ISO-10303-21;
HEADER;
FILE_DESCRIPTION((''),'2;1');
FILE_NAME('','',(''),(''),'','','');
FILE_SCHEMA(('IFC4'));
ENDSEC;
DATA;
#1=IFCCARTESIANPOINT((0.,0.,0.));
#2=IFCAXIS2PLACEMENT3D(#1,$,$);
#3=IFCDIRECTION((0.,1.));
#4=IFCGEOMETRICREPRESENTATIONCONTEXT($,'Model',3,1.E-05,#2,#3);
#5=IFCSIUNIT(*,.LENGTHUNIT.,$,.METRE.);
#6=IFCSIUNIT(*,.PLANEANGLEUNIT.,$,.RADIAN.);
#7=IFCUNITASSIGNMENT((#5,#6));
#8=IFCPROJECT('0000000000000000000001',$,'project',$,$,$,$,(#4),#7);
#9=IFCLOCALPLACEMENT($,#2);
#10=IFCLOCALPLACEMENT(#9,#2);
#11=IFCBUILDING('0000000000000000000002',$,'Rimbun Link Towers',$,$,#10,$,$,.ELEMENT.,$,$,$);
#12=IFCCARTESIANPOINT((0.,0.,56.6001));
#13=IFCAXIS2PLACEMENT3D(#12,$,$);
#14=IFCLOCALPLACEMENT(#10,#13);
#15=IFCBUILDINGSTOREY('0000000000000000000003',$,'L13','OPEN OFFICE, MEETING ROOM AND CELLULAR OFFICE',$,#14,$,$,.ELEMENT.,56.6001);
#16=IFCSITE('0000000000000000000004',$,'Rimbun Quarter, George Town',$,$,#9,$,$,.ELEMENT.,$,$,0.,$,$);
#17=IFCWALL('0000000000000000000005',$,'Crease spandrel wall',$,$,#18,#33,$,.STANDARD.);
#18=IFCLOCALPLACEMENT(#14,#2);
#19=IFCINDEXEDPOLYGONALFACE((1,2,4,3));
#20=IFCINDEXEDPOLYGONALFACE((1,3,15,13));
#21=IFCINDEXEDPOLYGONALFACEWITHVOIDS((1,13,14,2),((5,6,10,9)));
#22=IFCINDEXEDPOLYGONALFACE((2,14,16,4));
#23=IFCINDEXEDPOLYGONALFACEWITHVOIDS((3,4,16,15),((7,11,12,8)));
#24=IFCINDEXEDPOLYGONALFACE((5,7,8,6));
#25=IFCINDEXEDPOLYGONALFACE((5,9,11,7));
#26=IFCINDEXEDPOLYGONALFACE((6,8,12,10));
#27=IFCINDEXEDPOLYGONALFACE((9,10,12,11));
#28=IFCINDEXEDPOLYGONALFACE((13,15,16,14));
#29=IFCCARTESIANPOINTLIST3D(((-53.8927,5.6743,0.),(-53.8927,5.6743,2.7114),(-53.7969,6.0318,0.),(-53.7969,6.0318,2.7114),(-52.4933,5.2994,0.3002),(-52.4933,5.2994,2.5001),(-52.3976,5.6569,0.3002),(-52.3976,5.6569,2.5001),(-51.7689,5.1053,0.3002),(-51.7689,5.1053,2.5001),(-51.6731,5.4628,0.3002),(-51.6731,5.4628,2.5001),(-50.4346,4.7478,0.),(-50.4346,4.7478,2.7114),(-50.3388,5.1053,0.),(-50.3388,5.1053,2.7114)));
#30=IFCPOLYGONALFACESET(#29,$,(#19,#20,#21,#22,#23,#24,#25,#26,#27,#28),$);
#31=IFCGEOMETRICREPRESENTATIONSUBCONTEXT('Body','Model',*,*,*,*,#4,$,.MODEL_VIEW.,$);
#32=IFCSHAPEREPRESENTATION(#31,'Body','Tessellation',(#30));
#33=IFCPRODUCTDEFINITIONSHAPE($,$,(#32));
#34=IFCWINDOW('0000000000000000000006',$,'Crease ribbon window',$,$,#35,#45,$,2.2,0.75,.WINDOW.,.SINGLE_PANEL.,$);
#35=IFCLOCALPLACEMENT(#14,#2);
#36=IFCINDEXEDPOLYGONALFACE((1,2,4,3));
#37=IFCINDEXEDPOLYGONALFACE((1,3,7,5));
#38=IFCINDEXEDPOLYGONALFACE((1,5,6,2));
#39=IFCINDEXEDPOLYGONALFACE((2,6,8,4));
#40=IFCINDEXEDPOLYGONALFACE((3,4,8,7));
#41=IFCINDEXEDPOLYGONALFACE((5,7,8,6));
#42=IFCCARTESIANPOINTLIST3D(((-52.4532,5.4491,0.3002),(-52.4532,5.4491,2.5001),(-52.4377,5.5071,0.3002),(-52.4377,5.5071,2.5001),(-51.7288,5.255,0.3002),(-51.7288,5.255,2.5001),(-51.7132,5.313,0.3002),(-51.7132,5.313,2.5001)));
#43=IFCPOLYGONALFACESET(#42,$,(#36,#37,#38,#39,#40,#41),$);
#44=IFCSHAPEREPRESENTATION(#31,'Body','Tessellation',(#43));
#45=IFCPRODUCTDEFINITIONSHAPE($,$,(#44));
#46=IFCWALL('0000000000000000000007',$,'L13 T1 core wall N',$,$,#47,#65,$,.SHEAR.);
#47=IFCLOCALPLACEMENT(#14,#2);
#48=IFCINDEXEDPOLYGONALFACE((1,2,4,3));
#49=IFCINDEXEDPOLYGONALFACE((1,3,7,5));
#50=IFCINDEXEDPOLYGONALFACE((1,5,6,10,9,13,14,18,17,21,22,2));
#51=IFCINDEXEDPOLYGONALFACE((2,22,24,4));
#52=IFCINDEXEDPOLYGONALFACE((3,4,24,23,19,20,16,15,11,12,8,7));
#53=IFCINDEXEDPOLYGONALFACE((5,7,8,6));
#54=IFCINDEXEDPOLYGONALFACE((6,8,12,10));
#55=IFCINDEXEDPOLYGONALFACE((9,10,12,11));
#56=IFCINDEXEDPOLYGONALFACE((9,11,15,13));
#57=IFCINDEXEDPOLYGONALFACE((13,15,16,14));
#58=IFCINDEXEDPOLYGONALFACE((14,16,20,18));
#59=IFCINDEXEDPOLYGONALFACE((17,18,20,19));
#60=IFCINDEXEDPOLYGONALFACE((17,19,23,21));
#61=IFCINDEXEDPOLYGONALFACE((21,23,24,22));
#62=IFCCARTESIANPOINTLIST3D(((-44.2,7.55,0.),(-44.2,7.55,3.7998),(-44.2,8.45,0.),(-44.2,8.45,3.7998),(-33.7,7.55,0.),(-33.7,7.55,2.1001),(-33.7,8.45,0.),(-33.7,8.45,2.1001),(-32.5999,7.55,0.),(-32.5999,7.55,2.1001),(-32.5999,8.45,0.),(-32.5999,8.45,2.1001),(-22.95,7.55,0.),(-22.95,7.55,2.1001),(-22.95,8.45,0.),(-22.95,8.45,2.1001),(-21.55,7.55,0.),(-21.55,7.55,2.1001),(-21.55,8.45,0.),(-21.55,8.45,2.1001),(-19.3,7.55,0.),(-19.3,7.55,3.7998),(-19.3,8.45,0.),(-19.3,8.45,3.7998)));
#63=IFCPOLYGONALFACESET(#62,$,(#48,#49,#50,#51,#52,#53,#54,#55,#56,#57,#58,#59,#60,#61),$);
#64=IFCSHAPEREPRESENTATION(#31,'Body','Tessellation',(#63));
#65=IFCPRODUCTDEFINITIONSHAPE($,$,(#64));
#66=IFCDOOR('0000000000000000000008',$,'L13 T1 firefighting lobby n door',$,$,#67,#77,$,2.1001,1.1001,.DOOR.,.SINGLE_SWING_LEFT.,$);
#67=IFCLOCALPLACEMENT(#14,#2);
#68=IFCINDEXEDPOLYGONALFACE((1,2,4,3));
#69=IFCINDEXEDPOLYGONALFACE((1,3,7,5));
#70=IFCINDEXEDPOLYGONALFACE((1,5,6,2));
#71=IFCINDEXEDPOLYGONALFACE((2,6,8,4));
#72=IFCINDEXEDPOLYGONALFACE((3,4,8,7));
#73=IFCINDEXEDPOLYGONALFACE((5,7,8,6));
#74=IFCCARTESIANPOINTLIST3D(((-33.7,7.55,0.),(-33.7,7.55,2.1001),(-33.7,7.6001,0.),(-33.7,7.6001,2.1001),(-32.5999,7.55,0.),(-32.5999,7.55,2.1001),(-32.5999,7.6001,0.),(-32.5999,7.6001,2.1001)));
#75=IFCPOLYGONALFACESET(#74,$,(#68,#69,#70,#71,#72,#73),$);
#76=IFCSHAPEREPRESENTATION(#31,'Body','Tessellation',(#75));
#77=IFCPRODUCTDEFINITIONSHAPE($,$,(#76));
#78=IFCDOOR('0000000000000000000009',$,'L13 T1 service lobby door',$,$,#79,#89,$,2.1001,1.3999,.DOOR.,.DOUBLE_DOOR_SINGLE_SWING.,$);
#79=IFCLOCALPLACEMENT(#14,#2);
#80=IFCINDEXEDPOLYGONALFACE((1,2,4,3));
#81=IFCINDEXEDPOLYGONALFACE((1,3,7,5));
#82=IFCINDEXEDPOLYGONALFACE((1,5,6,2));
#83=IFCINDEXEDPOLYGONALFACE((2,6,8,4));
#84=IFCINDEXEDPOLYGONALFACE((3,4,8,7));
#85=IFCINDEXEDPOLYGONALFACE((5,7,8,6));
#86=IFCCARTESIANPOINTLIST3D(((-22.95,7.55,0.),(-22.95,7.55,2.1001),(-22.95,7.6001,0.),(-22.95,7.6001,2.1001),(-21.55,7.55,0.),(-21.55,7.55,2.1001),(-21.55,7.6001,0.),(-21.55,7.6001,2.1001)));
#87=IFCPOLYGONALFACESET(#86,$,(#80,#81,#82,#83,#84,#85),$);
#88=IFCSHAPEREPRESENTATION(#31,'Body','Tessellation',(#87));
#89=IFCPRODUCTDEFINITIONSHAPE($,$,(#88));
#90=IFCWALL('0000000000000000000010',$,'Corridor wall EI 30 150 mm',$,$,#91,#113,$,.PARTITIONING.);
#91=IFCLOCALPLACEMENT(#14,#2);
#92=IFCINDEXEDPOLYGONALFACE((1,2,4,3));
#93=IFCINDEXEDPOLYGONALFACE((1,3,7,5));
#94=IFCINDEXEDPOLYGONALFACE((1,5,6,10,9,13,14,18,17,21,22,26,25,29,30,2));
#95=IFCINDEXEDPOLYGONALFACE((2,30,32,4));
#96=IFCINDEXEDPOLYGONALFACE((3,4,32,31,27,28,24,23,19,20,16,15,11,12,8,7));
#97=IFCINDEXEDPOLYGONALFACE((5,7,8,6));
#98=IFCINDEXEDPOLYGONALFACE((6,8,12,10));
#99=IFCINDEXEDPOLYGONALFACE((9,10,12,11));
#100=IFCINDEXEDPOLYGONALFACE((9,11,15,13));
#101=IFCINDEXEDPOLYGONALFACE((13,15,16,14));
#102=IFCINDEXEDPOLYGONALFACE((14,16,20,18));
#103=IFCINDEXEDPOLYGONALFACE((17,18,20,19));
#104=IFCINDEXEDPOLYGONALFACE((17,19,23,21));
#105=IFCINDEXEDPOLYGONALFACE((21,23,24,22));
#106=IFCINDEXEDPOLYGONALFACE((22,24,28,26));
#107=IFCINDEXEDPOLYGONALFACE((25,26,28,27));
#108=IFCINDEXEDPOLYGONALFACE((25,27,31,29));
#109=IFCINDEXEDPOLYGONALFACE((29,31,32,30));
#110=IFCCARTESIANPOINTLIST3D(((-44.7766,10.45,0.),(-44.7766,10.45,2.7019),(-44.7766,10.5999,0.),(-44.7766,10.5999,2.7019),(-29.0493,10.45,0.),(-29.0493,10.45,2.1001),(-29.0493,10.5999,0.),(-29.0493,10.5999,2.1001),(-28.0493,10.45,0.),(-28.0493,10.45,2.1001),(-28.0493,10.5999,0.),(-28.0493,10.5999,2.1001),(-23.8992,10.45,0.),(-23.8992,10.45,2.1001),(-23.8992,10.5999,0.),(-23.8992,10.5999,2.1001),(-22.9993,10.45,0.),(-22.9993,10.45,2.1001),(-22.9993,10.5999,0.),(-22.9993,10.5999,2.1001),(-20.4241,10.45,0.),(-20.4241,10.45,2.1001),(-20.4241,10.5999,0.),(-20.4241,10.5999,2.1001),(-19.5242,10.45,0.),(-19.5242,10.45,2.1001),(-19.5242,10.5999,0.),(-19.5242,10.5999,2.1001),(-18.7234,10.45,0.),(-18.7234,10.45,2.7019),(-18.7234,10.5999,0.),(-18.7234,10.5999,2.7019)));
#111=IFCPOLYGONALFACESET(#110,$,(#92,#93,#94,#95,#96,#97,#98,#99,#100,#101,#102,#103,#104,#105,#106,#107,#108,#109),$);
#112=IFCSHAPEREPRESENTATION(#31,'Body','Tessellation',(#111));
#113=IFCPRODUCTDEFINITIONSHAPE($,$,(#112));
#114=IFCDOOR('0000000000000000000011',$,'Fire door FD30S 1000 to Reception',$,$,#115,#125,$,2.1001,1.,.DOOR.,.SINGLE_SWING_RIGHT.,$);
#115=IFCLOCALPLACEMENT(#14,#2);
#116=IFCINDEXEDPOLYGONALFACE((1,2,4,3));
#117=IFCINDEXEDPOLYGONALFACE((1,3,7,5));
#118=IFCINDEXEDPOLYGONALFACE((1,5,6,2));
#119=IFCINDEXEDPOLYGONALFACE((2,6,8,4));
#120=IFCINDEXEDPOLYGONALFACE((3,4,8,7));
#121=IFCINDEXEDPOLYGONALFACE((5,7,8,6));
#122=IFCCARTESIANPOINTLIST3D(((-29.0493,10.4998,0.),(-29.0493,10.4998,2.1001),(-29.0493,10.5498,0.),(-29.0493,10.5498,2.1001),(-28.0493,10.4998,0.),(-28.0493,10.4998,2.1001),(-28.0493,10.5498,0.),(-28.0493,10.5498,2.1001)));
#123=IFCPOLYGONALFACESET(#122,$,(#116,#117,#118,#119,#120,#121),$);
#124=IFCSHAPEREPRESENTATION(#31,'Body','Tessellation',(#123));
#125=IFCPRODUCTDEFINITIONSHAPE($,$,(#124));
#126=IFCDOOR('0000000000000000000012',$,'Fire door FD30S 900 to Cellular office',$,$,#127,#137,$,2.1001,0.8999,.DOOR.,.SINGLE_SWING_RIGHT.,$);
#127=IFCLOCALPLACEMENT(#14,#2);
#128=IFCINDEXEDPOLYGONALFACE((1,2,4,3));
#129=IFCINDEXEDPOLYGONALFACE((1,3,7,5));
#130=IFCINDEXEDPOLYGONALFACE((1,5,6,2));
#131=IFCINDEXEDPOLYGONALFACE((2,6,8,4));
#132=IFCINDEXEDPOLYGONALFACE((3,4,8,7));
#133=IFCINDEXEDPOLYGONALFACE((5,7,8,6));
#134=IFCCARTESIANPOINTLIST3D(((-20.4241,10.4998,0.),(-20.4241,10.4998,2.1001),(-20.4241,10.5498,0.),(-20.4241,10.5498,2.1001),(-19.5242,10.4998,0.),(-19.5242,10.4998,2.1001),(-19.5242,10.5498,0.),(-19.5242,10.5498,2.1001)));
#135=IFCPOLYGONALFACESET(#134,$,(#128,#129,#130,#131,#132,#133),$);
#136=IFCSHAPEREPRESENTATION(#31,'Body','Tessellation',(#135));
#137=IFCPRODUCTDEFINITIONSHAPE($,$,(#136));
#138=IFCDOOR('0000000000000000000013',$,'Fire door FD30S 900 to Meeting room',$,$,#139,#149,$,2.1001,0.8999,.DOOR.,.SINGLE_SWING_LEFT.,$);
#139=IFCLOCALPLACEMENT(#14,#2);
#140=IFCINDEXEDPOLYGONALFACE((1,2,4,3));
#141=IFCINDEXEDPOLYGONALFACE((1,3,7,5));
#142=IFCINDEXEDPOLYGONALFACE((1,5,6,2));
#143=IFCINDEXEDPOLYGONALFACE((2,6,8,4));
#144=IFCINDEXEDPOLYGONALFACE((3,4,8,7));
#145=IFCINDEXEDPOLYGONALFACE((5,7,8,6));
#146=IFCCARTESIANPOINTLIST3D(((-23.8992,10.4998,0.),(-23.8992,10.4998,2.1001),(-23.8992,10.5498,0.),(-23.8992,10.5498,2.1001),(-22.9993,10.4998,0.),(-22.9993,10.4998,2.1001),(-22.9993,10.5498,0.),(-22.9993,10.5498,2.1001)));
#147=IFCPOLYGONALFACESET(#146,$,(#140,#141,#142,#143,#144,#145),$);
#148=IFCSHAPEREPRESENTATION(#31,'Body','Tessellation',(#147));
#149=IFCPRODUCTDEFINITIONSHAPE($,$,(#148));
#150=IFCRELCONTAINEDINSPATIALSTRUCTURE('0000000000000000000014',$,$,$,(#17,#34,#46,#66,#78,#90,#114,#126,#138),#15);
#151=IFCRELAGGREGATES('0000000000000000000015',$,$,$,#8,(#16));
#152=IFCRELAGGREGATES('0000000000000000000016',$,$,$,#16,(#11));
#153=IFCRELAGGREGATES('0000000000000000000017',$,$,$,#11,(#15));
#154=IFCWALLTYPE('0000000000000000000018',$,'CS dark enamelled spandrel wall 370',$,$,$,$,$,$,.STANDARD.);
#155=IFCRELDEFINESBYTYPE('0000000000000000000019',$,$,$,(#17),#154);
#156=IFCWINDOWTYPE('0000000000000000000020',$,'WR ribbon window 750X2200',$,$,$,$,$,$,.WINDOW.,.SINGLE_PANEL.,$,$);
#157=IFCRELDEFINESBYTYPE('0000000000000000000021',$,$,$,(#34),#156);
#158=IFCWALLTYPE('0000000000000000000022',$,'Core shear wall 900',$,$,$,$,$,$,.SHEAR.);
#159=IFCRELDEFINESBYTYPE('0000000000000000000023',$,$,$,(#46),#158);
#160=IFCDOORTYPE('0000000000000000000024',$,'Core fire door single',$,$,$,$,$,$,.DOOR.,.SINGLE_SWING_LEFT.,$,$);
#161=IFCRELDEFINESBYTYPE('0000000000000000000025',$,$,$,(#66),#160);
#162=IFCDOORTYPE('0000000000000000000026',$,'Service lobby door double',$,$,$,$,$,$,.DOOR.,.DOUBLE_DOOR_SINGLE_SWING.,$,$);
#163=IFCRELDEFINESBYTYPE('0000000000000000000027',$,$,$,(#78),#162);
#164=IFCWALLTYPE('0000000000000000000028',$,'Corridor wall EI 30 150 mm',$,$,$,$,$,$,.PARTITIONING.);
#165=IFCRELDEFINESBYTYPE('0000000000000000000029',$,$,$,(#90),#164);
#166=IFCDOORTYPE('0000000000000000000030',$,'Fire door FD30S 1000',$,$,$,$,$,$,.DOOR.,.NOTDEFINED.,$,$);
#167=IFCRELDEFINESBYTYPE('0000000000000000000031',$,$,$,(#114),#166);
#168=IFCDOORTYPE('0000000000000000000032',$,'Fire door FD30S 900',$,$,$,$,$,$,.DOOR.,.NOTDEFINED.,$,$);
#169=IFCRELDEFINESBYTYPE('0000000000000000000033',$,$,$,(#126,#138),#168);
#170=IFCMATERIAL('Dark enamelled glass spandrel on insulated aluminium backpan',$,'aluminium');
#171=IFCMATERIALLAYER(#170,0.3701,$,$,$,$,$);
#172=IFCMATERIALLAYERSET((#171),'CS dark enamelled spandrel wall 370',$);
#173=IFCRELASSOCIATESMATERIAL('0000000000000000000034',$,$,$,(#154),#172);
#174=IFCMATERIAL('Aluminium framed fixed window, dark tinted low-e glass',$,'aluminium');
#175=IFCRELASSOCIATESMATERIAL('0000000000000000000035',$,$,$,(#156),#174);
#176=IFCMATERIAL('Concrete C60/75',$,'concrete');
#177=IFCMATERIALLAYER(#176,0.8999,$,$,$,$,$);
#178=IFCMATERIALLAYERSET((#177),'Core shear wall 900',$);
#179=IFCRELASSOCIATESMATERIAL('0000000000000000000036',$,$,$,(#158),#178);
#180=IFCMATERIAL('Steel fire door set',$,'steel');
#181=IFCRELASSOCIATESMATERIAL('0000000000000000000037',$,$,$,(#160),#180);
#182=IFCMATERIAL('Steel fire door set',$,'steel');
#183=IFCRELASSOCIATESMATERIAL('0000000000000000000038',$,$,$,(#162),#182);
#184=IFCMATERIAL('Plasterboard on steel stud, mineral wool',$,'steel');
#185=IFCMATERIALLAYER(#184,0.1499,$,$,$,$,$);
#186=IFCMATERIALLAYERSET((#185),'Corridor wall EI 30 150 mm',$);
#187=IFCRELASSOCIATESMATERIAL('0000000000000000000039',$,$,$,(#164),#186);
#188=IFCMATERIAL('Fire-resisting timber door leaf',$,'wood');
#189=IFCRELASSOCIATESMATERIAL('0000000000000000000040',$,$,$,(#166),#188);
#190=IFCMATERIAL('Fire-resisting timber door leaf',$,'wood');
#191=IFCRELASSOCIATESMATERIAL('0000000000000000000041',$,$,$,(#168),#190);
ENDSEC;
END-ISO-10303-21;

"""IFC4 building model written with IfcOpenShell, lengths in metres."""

from ifc_helpers import new_model, si_unit, direction, frame, frame_2d, origin, place, context, subcontext, project, spatial, rectangle, extrude, material, layer, layer_set, type_object, element, fill, save


model = new_model("IFC4")

# Units and contexts
model_context = context("Model", 3, precision=1e-05, world=origin(), true_north=direction((0.0, 1.0)))
body_context = subcontext(model_context, "Body", "Model", "MODEL_VIEW")
ifc_project = project(units=[si_unit("LENGTHUNIT", "METRE"), si_unit("PLANEANGLEUNIT", "RADIAN")], contexts=[model_context])

# Site, building, storey
site_placement = place(None, origin())
site = spatial("IfcSite", under=ifc_project, at=site_placement, Name="Rimbun Quarter, George Town", CompositionType="ELEMENT", RefElevation=0.0)
building_placement = place(site_placement, origin())
building = spatial("IfcBuilding", under=site, at=building_placement, Name="Rimbun Link Towers", CompositionType="ELEMENT")
storey_placement = place(building_placement, frame((0.0, 0.0, 56.6001)))
storey = spatial("IfcBuildingStorey", under=building, at=storey_placement, Name="L13", Description="OPEN OFFICE, MEETING ROOM AND CELLULAR OFFICE", CompositionType="ELEMENT", Elevation=56.6001)

# Wall, opening, window
ifc_material_1 = material(Name="Dark enamelled glass spandrel on insulated aluminium backpan", Category="aluminium")
ifc_layer_1 = layer(ifc_material_1, 0.3701)
ifc_layer_set_1 = layer_set([ifc_layer_1], Name="CS dark enamelled spandrel wall 370")
wall_type_1 = type_object("IfcWallType", Name="CS dark enamelled spandrel wall 370", PredefinedType="STANDARD", material=ifc_layer_set_1)
wall_1_placement = place(storey_placement, frame((-50.3867, 4.9265, 0.0), z_axis=(0.0, 0.0, 1.0), x_axis=(-0.96593, 0.258804, 0.0)))
wall_1 = element("IfcWall", 1, at=wall_1_placement, inside=storey, type_object=wall_type_1, Name="Crease spandrel wall", PredefinedType="STANDARD", context=body_context, shape_type="SweptSolid", body=[
    extrude(rectangle(XDim=3.5801, YDim=0.3701, at=frame_2d((1.79, 0.0))), origin(), (0.0, 0.0, 1.0), 2.7114),
])
opening_1_placement = place(wall_1_placement, frame((1.3813, 0.0, 0.3)))
opening_1 = element("IfcOpeningElement", 2, at=opening_1_placement, cuts=wall_1, PredefinedType="OPENING", context=body_context, shape_type="SweptSolid", body=[
    extrude(rectangle(XDim=0.75, YDim=2.2, at=frame_2d((0.375, 1.1001))), frame((0.0, 0.1951, 0.0), z_axis=(0.0, -1.0, 0.0), x_axis=(1.0, 0.0, 0.0)), (0.0, 0.0, 1.0), 0.3901),
])
ifc_material_2 = material(Name="Aluminium framed fixed window, dark tinted low-e glass", Category="aluminium")
window_type = type_object("IfcWindowType", Name="WR ribbon window 750X2200", PartitioningType="SINGLE_PANEL", PredefinedType="WINDOW", material=ifc_material_2)
window_placement = place(opening_1_placement, origin())
window = element("IfcWindow", 3, at=window_placement, inside=storey, type_object=window_type, Name="Crease ribbon window", OverallHeight=2.2, OverallWidth=0.75, PartitioningType="SINGLE_PANEL", PredefinedType="WINDOW", context=body_context, shape_type="SweptSolid", body=[
    extrude(rectangle(XDim=0.75, YDim=2.2, at=frame_2d((0.375, 1.1001))), frame((0.0, 0.03, 0.0), z_axis=(0.0, -1.0, 0.0), x_axis=(1.0, 0.0, 0.0)), (0.0, 0.0, 1.0), 0.0601),
])
fill(opening_1, window)

# Walls, openings, doors
ifc_material_3 = material(Name="Concrete C60/75", Category="concrete")
ifc_layer_2 = layer(ifc_material_3, 0.8999)
ifc_layer_set_2 = layer_set([ifc_layer_2], Name="Core shear wall 900")
wall_type_2 = type_object("IfcWallType", Name="Core shear wall 900", PredefinedType="SHEAR", material=ifc_layer_set_2)
wall_2_placement = place(storey_placement, frame((-44.2, 8.0, 0.0), z_axis=(0.0, 0.0, 1.0), x_axis=(1.0, 0.0, 0.0)))
wall_2 = element("IfcWall", 4, at=wall_2_placement, inside=storey, type_object=wall_type_2, Name="L13 T1 core wall N", PredefinedType="SHEAR", context=body_context, shape_type="SweptSolid", body=[
    extrude(rectangle(XDim=24.8999, YDim=0.8999, at=frame_2d((12.45, 0.0))), origin(), (0.0, 0.0, 1.0), 3.7998),
])
opening_2_placement = place(wall_2_placement, frame((10.5, 0.0, 0.0)))
opening_2 = element("IfcOpeningElement", 5, at=opening_2_placement, cuts=wall_2, PredefinedType="OPENING", context=body_context, shape_type="SweptSolid", body=[
    extrude(rectangle(XDim=1.1001, YDim=2.1001, at=frame_2d((0.55, 1.05))), frame((0.0, 0.46, 0.0), z_axis=(0.0, -1.0, 0.0), x_axis=(1.0, 0.0, 0.0)), (0.0, 0.0, 1.0), 0.9199),
])
opening_3_placement = place(wall_2_placement, frame((21.25, 0.0, 0.0)))
opening_3 = element("IfcOpeningElement", 6, at=opening_3_placement, cuts=wall_2, PredefinedType="OPENING", context=body_context, shape_type="SweptSolid", body=[
    extrude(rectangle(XDim=1.3999, YDim=2.1001, at=frame_2d((0.7, 1.05))), frame((0.0, 0.46, 0.0), z_axis=(0.0, -1.0, 0.0), x_axis=(1.0, 0.0, 0.0)), (0.0, 0.0, 1.0), 0.9199),
])
ifc_material_4 = material(Name="Steel fire door set", Category="steel")
door_type_1 = type_object("IfcDoorType", Name="Core fire door single", OperationType="SINGLE_SWING_LEFT", PredefinedType="DOOR", material=ifc_material_4)
door_1_placement = place(opening_2_placement, origin())
door_1 = element("IfcDoor", 7, at=door_1_placement, inside=storey, type_object=door_type_1, Name="L13 T1 firefighting lobby n door", OperationType="SINGLE_SWING_LEFT", OverallHeight=2.1001, OverallWidth=1.1001, PredefinedType="DOOR", context=body_context, shape_type="SweptSolid", body=[
    extrude(rectangle(XDim=1.1001, YDim=2.1001, at=frame_2d((0.55, 1.05))), frame((0.0, -0.3999, 0.0), z_axis=(0.0, -1.0, 0.0), x_axis=(1.0, 0.0, 0.0)), (0.0, 0.0, 1.0), 0.05),
])
fill(opening_2, door_1)
ifc_material_5 = material(Name="Steel fire door set", Category="steel")
door_type_2 = type_object("IfcDoorType", Name="Service lobby door double", OperationType="DOUBLE_DOOR_SINGLE_SWING", PredefinedType="DOOR", material=ifc_material_5)
door_2_placement = place(opening_3_placement, origin())
door_2 = element("IfcDoor", 8, at=door_2_placement, inside=storey, type_object=door_type_2, Name="L13 T1 service lobby door", OperationType="DOUBLE_DOOR_SINGLE_SWING", OverallHeight=2.1001, OverallWidth=1.3999, PredefinedType="DOOR", context=body_context, shape_type="SweptSolid", body=[
    extrude(rectangle(XDim=1.3999, YDim=2.1001, at=frame_2d((0.7, 1.05))), frame((0.0, -0.3999, 0.0), z_axis=(0.0, -1.0, 0.0), x_axis=(1.0, 0.0, 0.0)), (0.0, 0.0, 1.0), 0.05),
])
fill(opening_3, door_2)
ifc_material_6 = material(Name="Plasterboard on steel stud, mineral wool", Category="steel")
ifc_layer_3 = layer(ifc_material_6, 0.1499)
ifc_layer_set_3 = layer_set([ifc_layer_3], Name="Corridor wall EI 30 150 mm")
wall_type_3 = type_object("IfcWallType", Name="Corridor wall EI 30 150 mm", PredefinedType="PARTITIONING", material=ifc_layer_set_3)
wall_3_placement = place(storey_placement, frame((-44.7766, 10.5249, 0.0), z_axis=(0.0, 0.0, 1.0), x_axis=(1.0, 0.0, 0.0)))
wall_3 = element("IfcWall", 9, at=wall_3_placement, inside=storey, type_object=wall_type_3, Name="Corridor wall EI 30 150 mm", PredefinedType="PARTITIONING", context=body_context, shape_type="SweptSolid", body=[
    extrude(rectangle(XDim=26.0532, YDim=0.1499, at=frame_2d((13.0266, 0.0))), origin(), (0.0, 0.0, 1.0), 2.7019),
])
opening_4_placement = place(wall_3_placement, frame((24.3525, 0.0, 0.0)))
opening_4 = element("IfcOpeningElement", 10, at=opening_4_placement, cuts=wall_3, PredefinedType="OPENING", context=body_context, shape_type="SweptSolid", body=[
    extrude(rectangle(XDim=0.8999, YDim=2.1001, at=frame_2d((0.45, 1.05))), frame((0.0, 0.085, 0.0), z_axis=(0.0, -1.0, 0.0), x_axis=(1.0, 0.0, 0.0)), (0.0, 0.0, 1.0), 0.1699),
])
opening_5_placement = place(wall_3_placement, frame((20.8774, 0.0, 0.0)))
opening_5 = element("IfcOpeningElement", 11, at=opening_5_placement, cuts=wall_3, PredefinedType="OPENING", context=body_context, shape_type="SweptSolid", body=[
    extrude(rectangle(XDim=0.8999, YDim=2.1001, at=frame_2d((0.45, 1.05))), frame((0.0, 0.085, 0.0), z_axis=(0.0, -1.0, 0.0), x_axis=(1.0, 0.0, 0.0)), (0.0, 0.0, 1.0), 0.1699),
])
opening_6_placement = place(wall_3_placement, frame((15.7273, 0.0, 0.0)))
opening_6 = element("IfcOpeningElement", 12, at=opening_6_placement, cuts=wall_3, PredefinedType="OPENING", context=body_context, shape_type="SweptSolid", body=[
    extrude(rectangle(XDim=1.0, YDim=2.1001, at=frame_2d((0.5, 1.05))), frame((0.0, 0.085, 0.0), z_axis=(0.0, -1.0, 0.0), x_axis=(1.0, 0.0, 0.0)), (0.0, 0.0, 1.0), 0.1699),
])
ifc_material_7 = material(Name="Fire-resisting timber door leaf", Category="wood")
door_type_3 = type_object("IfcDoorType", Name="Fire door FD30S 1000", OperationType="NOTDEFINED", PredefinedType="DOOR", material=ifc_material_7)
door_3_placement = place(opening_6_placement, origin())
door_3 = element("IfcDoor", 13, at=door_3_placement, inside=storey, type_object=door_type_3, Name="Fire door FD30S 1000 to Reception", OperationType="SINGLE_SWING_RIGHT", OverallHeight=2.1001, OverallWidth=1.0, PredefinedType="DOOR", context=body_context, shape_type="SweptSolid", body=[
    extrude(rectangle(XDim=1.0, YDim=2.1001, at=frame_2d((0.5, 1.05))), frame((0.0, 0.0249, 0.0), z_axis=(0.0, -1.0, 0.0), x_axis=(1.0, 0.0, 0.0)), (0.0, 0.0, 1.0), 0.05),
])
fill(opening_6, door_3)
ifc_material_8 = material(Name="Fire-resisting timber door leaf", Category="wood")
door_type_4 = type_object("IfcDoorType", Name="Fire door FD30S 900", OperationType="NOTDEFINED", PredefinedType="DOOR", material=ifc_material_8)
door_4_placement = place(opening_4_placement, origin())
door_4 = element("IfcDoor", 14, at=door_4_placement, inside=storey, type_object=door_type_4, Name="Fire door FD30S 900 to Cellular office", OperationType="SINGLE_SWING_RIGHT", OverallHeight=2.1001, OverallWidth=0.8999, PredefinedType="DOOR", context=body_context, shape_type="SweptSolid", body=[
    extrude(rectangle(XDim=0.8999, YDim=2.1001, at=frame_2d((0.45, 1.05))), frame((0.0, 0.0249, 0.0), z_axis=(0.0, -1.0, 0.0), x_axis=(1.0, 0.0, 0.0)), (0.0, 0.0, 1.0), 0.05),
])
fill(opening_4, door_4)
door_5_placement = place(opening_5_placement, origin())
door_5 = element("IfcDoor", 15, at=door_5_placement, inside=storey, type_object=door_type_4, Name="Fire door FD30S 900 to Meeting room", OperationType="SINGLE_SWING_LEFT", OverallHeight=2.1001, OverallWidth=0.8999, PredefinedType="DOOR", context=body_context, shape_type="SweptSolid", body=[
    extrude(rectangle(XDim=0.8999, YDim=2.1001, at=frame_2d((0.45, 1.05))), frame((0.0, 0.0249, 0.0), z_axis=(0.0, -1.0, 0.0), x_axis=(1.0, 0.0, 0.0)), (0.0, 0.0, 1.0), 0.05),
])
fill(opening_5, door_5)

save(model, "model.ifc")
